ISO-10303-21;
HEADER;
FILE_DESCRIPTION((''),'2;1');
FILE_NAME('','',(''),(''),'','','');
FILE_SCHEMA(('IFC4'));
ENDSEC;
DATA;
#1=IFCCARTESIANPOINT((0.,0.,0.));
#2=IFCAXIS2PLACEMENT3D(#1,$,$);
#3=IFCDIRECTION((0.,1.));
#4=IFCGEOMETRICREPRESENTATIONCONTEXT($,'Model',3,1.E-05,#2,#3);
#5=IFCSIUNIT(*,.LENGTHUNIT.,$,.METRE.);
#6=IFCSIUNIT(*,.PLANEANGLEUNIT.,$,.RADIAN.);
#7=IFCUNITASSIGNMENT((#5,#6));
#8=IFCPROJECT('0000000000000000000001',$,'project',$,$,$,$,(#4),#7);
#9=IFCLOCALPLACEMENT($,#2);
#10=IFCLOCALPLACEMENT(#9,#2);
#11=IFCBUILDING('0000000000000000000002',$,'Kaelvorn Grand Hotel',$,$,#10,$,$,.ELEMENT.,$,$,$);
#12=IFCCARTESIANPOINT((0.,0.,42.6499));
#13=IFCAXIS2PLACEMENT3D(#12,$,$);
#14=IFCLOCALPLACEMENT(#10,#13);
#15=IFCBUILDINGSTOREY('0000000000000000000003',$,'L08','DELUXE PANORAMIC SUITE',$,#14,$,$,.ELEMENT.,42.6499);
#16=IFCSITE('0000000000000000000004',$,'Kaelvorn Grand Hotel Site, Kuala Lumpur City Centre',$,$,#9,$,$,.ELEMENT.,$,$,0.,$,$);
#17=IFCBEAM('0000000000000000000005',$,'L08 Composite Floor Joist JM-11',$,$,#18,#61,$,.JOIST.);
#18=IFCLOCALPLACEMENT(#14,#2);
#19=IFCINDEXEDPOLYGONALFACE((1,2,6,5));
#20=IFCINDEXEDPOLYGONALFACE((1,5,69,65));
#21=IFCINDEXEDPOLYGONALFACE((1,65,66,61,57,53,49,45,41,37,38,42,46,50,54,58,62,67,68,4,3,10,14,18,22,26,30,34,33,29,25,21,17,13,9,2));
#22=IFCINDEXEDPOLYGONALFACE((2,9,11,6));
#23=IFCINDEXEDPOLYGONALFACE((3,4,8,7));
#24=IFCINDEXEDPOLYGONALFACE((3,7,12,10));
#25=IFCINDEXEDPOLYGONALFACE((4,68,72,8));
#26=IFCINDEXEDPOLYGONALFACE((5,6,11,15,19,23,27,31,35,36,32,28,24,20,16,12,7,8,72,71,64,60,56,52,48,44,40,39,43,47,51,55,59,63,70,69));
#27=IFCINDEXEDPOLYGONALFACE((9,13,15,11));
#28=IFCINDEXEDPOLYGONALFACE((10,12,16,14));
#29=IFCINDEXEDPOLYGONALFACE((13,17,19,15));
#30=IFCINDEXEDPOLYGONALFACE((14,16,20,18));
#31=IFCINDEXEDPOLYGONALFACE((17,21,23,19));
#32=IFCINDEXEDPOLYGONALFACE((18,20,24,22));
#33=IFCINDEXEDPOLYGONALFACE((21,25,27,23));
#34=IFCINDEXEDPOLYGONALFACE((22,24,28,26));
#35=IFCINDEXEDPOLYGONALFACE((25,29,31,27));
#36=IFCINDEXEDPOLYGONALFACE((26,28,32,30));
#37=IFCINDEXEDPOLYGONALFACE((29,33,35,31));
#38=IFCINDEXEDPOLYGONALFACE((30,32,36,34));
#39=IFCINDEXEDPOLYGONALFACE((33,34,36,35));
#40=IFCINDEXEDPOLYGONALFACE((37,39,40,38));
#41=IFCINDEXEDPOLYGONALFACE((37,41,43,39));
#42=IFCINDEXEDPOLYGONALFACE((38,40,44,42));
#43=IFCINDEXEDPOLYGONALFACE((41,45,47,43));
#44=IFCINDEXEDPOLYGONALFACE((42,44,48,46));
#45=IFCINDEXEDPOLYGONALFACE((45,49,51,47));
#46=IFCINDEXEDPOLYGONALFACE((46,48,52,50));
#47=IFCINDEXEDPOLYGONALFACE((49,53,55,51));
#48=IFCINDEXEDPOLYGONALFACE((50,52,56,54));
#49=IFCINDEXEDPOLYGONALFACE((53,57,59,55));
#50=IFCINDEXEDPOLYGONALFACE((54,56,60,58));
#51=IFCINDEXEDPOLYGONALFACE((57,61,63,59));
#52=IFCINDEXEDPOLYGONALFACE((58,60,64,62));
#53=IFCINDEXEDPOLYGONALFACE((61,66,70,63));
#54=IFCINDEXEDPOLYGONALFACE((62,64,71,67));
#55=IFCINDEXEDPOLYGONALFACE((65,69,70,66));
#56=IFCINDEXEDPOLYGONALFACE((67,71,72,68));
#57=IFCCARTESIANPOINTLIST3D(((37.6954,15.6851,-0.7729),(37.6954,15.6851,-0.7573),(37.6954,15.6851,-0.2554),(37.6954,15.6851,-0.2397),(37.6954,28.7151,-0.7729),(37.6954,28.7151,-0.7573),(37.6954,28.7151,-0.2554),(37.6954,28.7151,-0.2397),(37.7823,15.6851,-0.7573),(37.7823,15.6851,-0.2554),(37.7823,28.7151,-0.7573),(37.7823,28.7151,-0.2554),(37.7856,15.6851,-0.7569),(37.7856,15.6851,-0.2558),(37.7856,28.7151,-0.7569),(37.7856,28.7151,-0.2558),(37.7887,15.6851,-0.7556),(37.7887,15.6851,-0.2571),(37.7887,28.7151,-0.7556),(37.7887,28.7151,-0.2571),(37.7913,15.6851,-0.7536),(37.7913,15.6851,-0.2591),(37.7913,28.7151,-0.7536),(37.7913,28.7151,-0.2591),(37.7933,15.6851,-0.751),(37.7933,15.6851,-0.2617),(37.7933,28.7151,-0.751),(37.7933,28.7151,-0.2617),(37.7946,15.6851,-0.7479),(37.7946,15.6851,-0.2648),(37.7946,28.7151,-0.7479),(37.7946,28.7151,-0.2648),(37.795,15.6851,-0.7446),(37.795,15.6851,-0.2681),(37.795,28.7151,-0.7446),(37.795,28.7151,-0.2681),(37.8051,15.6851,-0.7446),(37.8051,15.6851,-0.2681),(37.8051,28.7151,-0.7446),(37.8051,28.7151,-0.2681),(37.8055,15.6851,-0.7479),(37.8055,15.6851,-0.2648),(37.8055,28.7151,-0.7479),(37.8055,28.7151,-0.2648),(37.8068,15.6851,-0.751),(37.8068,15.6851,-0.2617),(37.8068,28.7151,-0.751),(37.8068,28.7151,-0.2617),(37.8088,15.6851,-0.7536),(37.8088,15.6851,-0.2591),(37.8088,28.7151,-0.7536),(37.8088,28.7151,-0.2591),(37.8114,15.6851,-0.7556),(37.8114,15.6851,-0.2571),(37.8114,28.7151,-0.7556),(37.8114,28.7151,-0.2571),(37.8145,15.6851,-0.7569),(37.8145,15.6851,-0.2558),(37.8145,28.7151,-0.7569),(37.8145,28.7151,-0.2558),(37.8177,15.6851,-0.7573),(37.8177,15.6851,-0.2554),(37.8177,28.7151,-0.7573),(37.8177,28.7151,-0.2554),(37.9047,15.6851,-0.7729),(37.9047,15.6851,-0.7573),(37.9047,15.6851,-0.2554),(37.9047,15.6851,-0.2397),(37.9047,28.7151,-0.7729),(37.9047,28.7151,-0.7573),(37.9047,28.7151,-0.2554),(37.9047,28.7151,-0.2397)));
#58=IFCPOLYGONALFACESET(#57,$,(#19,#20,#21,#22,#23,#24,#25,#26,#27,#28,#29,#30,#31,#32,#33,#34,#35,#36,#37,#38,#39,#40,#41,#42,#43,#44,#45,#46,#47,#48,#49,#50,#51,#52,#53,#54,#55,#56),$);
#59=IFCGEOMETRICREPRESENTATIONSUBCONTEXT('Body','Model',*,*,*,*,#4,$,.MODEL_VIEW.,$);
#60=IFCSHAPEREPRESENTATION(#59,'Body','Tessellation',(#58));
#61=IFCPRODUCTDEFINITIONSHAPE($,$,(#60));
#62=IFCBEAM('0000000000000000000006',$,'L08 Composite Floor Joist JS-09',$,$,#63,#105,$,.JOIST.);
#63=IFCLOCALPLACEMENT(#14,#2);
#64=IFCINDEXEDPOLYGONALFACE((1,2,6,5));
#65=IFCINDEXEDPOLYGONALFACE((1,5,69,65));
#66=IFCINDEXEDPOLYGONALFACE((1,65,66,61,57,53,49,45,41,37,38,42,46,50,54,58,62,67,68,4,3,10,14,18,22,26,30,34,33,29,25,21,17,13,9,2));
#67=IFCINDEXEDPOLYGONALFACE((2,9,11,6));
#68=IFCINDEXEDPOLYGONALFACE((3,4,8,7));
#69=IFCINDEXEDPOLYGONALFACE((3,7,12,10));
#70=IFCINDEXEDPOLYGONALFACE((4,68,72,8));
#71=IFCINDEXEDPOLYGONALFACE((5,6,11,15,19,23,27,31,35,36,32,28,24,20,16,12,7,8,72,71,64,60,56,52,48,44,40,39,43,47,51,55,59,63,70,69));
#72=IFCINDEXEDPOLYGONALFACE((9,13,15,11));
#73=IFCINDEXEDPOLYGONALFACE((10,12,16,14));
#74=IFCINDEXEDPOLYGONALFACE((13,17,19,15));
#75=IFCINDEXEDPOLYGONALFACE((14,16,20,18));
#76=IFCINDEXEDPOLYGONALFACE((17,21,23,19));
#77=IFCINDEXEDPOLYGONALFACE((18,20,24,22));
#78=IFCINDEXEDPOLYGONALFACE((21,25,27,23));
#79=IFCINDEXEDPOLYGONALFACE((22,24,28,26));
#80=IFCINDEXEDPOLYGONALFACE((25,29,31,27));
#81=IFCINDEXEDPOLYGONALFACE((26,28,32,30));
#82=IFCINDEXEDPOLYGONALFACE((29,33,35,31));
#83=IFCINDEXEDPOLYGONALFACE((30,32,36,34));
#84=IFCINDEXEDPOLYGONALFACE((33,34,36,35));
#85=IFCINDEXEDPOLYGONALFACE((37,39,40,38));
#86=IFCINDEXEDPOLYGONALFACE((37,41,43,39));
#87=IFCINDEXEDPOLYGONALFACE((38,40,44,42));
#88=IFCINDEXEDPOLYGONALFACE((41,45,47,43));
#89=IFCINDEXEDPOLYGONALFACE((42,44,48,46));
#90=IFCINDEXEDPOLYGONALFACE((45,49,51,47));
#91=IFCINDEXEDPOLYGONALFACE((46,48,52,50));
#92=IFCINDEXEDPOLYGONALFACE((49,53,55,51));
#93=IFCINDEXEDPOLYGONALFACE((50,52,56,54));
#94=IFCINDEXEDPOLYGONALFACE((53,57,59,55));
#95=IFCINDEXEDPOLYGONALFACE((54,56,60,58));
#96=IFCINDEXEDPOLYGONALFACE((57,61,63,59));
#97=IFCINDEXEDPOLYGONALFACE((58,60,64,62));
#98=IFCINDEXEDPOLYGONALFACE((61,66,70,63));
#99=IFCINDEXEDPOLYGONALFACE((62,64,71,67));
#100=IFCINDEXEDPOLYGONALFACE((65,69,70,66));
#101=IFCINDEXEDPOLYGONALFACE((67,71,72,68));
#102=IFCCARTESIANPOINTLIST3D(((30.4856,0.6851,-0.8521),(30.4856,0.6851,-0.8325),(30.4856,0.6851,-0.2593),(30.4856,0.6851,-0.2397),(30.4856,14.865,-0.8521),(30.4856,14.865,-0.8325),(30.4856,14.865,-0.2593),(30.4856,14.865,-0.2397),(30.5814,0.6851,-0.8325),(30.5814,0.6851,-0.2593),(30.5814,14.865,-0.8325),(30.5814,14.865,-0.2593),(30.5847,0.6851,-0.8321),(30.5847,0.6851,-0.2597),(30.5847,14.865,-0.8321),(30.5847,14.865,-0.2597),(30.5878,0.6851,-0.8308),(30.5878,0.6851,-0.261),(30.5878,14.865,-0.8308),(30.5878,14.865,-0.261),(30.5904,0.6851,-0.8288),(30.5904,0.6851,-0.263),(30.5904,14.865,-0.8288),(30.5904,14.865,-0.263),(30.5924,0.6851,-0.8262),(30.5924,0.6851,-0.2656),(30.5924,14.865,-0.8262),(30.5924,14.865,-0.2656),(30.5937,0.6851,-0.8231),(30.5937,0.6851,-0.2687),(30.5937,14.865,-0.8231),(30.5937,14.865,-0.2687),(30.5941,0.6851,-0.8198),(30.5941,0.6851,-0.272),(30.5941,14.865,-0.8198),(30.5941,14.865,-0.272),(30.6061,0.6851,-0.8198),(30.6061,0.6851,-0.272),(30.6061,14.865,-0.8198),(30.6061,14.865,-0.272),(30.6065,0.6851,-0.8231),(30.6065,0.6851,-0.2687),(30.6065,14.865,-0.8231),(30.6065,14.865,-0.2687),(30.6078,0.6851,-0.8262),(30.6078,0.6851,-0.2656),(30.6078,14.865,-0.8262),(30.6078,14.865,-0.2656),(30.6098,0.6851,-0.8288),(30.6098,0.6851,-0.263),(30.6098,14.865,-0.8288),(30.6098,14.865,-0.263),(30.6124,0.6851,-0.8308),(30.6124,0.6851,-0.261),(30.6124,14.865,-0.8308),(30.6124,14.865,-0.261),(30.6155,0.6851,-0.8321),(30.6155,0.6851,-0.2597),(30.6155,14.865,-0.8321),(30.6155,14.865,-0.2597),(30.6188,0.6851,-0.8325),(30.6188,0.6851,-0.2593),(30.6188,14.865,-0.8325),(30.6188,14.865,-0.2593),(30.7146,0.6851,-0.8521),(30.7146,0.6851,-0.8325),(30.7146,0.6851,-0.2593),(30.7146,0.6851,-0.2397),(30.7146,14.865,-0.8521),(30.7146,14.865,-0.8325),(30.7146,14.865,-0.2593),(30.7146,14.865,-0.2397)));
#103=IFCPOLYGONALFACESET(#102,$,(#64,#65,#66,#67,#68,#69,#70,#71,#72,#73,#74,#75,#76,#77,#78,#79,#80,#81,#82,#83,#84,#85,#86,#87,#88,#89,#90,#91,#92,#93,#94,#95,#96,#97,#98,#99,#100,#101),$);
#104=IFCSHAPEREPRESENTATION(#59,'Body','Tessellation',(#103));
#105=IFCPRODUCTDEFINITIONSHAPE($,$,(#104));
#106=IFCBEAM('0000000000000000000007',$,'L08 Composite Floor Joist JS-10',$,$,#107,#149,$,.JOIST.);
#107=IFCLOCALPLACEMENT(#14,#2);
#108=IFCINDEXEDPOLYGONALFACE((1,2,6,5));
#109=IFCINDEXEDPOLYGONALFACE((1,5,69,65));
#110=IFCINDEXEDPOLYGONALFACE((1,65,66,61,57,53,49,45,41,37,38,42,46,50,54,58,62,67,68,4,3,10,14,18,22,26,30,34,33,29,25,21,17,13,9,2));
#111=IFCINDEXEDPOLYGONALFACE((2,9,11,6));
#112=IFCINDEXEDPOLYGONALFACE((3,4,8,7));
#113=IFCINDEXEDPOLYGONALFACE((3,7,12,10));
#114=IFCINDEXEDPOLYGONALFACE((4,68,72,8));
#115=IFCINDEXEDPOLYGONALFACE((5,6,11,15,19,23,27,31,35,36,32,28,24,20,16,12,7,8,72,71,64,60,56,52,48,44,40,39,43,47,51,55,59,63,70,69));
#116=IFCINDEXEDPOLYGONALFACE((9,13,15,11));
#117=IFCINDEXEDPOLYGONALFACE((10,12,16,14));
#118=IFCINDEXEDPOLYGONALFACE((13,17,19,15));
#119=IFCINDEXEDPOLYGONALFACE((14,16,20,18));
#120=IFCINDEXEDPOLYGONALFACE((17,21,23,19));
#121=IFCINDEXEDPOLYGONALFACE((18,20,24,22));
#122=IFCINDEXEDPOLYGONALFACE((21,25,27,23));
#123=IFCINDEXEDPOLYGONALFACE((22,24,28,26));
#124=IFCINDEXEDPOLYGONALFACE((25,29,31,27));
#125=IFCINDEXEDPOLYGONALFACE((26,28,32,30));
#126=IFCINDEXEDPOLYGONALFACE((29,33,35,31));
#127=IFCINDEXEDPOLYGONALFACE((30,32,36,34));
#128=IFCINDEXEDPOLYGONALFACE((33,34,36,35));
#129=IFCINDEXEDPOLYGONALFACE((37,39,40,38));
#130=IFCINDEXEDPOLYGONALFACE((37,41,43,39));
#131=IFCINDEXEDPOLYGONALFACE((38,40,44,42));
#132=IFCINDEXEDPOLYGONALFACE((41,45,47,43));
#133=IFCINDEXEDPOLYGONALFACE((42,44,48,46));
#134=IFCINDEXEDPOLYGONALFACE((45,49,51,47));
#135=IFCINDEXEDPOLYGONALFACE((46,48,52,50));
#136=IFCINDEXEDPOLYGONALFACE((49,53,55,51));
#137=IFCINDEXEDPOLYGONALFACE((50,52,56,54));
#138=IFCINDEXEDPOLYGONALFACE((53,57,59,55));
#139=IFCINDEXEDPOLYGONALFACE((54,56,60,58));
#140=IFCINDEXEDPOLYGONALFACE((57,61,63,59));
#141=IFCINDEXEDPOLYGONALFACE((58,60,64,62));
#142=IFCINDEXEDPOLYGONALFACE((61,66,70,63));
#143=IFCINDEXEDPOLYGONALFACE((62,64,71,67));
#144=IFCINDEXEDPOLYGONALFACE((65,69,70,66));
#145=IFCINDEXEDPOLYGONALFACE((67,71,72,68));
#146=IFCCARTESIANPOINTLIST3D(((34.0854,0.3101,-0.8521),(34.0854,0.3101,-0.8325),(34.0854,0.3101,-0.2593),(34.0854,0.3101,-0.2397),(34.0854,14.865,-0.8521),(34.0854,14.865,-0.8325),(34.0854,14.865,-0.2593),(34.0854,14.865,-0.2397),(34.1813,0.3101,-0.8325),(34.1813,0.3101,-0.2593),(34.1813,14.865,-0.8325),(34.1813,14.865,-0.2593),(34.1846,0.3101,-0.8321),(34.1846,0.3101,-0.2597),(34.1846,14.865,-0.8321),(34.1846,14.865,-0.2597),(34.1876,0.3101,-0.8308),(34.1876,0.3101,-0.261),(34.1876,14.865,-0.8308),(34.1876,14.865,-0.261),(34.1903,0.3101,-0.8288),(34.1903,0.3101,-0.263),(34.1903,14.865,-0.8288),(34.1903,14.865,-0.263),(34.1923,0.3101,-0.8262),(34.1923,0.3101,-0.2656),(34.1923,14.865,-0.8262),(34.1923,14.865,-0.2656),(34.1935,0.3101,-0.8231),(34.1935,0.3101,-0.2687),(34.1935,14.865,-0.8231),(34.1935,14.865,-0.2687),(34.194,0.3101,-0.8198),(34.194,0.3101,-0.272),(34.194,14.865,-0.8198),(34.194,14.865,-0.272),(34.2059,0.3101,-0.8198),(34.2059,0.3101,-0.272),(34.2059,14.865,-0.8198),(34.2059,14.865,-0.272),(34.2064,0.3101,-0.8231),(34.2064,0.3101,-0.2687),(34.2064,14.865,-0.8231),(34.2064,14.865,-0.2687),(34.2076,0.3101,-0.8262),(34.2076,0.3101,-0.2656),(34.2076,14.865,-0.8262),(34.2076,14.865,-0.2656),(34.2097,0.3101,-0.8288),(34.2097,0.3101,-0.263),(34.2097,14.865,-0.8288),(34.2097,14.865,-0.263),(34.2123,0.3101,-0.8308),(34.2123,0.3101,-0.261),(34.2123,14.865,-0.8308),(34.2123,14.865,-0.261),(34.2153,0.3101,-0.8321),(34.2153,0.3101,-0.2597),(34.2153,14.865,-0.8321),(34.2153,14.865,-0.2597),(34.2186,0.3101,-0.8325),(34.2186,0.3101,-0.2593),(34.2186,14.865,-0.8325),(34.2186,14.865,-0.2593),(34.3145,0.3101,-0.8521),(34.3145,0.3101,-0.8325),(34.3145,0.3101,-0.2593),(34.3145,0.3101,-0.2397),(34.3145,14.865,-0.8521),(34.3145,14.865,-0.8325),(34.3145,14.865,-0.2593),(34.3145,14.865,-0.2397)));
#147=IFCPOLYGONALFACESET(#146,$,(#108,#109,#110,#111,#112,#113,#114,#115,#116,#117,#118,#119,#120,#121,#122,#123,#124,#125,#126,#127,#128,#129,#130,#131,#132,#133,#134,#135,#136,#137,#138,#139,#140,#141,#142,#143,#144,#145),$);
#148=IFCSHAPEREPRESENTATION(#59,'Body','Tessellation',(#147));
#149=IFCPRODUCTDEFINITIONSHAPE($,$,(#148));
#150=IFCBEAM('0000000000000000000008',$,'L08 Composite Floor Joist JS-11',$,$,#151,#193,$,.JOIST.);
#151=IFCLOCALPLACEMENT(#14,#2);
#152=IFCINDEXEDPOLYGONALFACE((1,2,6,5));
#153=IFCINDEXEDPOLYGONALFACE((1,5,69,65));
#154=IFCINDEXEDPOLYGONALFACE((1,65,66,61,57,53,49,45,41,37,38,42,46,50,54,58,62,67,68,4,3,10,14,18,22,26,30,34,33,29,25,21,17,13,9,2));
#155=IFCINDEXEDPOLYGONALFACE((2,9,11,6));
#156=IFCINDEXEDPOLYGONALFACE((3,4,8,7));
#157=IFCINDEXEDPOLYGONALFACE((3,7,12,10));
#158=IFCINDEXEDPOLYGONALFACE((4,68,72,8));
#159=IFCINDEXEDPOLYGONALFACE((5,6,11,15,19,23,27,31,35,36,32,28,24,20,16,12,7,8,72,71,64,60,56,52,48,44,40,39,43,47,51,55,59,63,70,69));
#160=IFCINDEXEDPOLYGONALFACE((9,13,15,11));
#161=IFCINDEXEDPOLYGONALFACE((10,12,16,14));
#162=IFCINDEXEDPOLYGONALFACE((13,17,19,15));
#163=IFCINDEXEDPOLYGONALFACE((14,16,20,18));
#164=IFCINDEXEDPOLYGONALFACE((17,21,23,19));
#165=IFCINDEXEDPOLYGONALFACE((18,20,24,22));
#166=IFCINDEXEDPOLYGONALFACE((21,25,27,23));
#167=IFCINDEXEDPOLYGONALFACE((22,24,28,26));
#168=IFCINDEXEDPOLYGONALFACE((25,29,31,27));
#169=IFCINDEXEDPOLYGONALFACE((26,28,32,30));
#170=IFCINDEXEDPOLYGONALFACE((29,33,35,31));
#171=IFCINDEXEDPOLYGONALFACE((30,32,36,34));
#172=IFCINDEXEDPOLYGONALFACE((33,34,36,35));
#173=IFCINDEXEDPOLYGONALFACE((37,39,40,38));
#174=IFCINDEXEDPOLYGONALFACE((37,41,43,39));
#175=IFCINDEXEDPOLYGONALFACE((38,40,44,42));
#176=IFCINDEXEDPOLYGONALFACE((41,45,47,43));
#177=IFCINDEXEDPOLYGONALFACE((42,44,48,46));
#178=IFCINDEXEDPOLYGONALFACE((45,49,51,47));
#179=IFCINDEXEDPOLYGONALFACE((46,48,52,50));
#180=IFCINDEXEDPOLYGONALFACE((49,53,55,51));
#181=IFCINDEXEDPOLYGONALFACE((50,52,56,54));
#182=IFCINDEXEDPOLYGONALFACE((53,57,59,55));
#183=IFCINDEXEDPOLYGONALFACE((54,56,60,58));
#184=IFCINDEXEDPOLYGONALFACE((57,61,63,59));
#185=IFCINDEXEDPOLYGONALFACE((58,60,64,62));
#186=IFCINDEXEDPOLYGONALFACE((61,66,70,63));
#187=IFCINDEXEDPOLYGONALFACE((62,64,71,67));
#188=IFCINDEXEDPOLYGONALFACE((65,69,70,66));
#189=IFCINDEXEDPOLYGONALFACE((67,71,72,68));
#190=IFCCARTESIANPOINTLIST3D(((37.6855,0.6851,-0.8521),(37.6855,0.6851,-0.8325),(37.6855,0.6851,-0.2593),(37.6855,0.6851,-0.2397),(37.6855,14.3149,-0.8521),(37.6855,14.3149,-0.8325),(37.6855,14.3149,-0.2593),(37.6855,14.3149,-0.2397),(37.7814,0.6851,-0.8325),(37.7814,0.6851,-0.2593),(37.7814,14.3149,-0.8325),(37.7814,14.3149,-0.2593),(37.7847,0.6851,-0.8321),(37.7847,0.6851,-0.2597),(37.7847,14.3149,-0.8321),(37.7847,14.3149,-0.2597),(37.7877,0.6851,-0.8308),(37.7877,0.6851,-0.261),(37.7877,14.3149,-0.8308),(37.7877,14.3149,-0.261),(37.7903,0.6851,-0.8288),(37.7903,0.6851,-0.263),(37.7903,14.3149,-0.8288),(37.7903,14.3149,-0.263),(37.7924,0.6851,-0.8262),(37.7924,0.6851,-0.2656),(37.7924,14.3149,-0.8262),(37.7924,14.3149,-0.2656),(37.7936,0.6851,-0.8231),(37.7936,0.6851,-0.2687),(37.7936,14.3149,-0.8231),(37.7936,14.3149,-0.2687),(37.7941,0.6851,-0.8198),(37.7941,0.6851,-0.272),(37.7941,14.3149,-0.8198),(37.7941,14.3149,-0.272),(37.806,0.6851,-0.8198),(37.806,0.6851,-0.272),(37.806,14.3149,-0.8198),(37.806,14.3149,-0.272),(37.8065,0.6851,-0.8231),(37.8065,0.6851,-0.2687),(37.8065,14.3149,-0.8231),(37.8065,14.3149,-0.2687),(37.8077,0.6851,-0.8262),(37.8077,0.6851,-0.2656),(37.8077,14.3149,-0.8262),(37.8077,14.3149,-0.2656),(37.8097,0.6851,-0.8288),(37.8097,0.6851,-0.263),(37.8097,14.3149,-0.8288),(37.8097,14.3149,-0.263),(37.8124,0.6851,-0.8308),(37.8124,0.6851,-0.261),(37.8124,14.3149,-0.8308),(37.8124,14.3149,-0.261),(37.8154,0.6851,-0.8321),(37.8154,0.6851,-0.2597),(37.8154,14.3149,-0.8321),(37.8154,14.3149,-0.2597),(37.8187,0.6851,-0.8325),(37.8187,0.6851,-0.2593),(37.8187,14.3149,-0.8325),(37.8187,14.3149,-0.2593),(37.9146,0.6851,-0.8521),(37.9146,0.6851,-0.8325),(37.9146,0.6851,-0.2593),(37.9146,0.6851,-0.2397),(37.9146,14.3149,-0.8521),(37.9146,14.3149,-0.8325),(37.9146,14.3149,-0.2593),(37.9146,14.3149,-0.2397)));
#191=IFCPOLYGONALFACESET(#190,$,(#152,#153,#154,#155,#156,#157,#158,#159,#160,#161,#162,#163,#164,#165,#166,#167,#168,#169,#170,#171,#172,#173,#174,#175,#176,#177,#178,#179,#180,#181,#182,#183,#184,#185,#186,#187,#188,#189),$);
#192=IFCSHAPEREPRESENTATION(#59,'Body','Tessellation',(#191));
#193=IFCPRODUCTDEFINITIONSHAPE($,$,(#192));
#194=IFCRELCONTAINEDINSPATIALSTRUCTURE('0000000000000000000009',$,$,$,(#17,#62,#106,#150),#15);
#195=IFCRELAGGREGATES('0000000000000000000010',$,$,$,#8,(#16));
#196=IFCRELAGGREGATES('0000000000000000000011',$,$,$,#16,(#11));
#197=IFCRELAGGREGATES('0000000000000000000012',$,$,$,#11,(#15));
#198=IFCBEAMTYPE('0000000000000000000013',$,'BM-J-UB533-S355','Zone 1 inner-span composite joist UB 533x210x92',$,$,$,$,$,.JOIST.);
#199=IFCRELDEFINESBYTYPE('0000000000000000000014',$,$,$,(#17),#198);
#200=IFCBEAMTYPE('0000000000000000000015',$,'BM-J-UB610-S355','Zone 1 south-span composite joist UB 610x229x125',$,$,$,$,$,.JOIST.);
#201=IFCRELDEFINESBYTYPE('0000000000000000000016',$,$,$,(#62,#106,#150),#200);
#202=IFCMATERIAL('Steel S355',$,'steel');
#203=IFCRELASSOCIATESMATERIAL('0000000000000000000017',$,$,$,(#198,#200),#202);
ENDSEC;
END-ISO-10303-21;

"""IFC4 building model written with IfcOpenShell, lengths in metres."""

from ifc_helpers import new_model, si_unit, direction, frame, origin, origin_2d, place, context, subcontext, project, spatial, i_section, extrude, material, material_profile, profile_set, type_object, element, save


model = new_model("IFC4")

# Units and contexts
model_context = context("Model", 3, precision=1e-05, world=origin(), true_north=direction((0.0, 1.0)))
body_context = subcontext(model_context, "Body", "Model", "MODEL_VIEW")
ifc_project = project(units=[si_unit("LENGTHUNIT", "METRE"), si_unit("PLANEANGLEUNIT", "RADIAN")], contexts=[model_context])

# Site, building, storey
site_placement = place(None, origin())
site = spatial("IfcSite", under=ifc_project, at=site_placement, Name="Kaelvorn Grand Hotel Site, Kuala Lumpur City Centre", CompositionType="ELEMENT", RefElevation=0.0)
building_placement = place(site_placement, origin())
building = spatial("IfcBuilding", under=site, at=building_placement, Name="Kaelvorn Grand Hotel", CompositionType="ELEMENT")
storey_placement = place(building_placement, frame((0.0, 0.0, 42.6499)))
storey = spatial("IfcBuildingStorey", under=building, at=storey_placement, Name="L08", Description="DELUXE PANORAMIC SUITE", CompositionType="ELEMENT", Elevation=42.6499)

# Beams
ifc_material_1 = material(Name="Steel S355", Category="steel")
ifc_material_profile_1 = material_profile(ifc_material_1, i_section(OverallWidth=0.2092, OverallDepth=0.5332, WebThickness=0.01, FlangeThickness=0.0156, FilletRadius=0.0127, at=origin_2d()), Name="UB 533x210x92")
ifc_profile_set_1 = profile_set([ifc_material_profile_1], Name="Steel S355")
beam_type_1 = type_object("IfcBeamType", Name="BM-J-UB533-S355", Description="Zone 1 inner-span composite joist UB 533x210x92", PredefinedType="JOIST", material=ifc_profile_set_1)
beam_1_placement = place(storey_placement, frame((37.8, 15.6851, -0.5063), z_axis=(0.0, 1.0, 0.0), x_axis=(-1.0, 0.0, 0.0)))
element("IfcBeam", 1, at=beam_1_placement, inside=storey, type_object=beam_type_1, Name="L08 Composite Floor Joist JM-11", PredefinedType="JOIST", context=body_context, shape_type="SweptSolid", body=[
    extrude(i_section(OverallWidth=0.2092, OverallDepth=0.5332, WebThickness=0.01, FlangeThickness=0.0156, FilletRadius=0.0127, at=origin_2d()), origin(), (0.0, 0.0, 1.0), 13.03),
])
ifc_material_profile_2 = material_profile(ifc_material_1, i_section(OverallWidth=0.229, OverallDepth=0.6123, WebThickness=0.012, FlangeThickness=0.0195, FilletRadius=0.0127, at=origin_2d()), Name="UB 610x229x125")
ifc_profile_set_2 = profile_set([ifc_material_profile_2], Name="Steel S355")
beam_type_2 = type_object("IfcBeamType", Name="BM-J-UB610-S355", Description="Zone 1 south-span composite joist UB 610x229x125", PredefinedType="JOIST", material=ifc_profile_set_2)
beam_2_placement = place(storey_placement, frame((30.6001, 0.6851, -0.5459), z_axis=(0.0, 1.0, 0.0), x_axis=(-1.0, 0.0, 0.0)))
element("IfcBeam", 2, at=beam_2_placement, inside=storey, type_object=beam_type_2, Name="L08 Composite Floor Joist JS-09", PredefinedType="JOIST", context=body_context, shape_type="SweptSolid", body=[
    extrude(i_section(OverallWidth=0.229, OverallDepth=0.6123, WebThickness=0.012, FlangeThickness=0.0195, FilletRadius=0.0127, at=origin_2d()), origin(), (0.0, 0.0, 1.0), 14.1799),
])
beam_3_placement = place(storey_placement, frame((34.2, 0.3101, -0.5459), z_axis=(0.0, 1.0, 0.0), x_axis=(-1.0, 0.0, 0.0)))
element("IfcBeam", 3, at=beam_3_placement, inside=storey, type_object=beam_type_2, Name="L08 Composite Floor Joist JS-10", PredefinedType="JOIST", context=body_context, shape_type="SweptSolid", body=[
    extrude(i_section(OverallWidth=0.229, OverallDepth=0.6123, WebThickness=0.012, FlangeThickness=0.0195, FilletRadius=0.0127, at=origin_2d()), origin(), (0.0, 0.0, 1.0), 14.5549),
])
beam_4_placement = place(storey_placement, frame((37.8, 0.6851, -0.5459), z_axis=(0.0, 1.0, 0.0), x_axis=(-1.0, 0.0, 0.0)))
element("IfcBeam", 4, at=beam_4_placement, inside=storey, type_object=beam_type_2, Name="L08 Composite Floor Joist JS-11", PredefinedType="JOIST", context=body_context, shape_type="SweptSolid", body=[
    extrude(i_section(OverallWidth=0.229, OverallDepth=0.6123, WebThickness=0.012, FlangeThickness=0.0195, FilletRadius=0.0127, at=origin_2d()), origin(), (0.0, 0.0, 1.0), 13.6299),
])

save(model, "model.ifc")
